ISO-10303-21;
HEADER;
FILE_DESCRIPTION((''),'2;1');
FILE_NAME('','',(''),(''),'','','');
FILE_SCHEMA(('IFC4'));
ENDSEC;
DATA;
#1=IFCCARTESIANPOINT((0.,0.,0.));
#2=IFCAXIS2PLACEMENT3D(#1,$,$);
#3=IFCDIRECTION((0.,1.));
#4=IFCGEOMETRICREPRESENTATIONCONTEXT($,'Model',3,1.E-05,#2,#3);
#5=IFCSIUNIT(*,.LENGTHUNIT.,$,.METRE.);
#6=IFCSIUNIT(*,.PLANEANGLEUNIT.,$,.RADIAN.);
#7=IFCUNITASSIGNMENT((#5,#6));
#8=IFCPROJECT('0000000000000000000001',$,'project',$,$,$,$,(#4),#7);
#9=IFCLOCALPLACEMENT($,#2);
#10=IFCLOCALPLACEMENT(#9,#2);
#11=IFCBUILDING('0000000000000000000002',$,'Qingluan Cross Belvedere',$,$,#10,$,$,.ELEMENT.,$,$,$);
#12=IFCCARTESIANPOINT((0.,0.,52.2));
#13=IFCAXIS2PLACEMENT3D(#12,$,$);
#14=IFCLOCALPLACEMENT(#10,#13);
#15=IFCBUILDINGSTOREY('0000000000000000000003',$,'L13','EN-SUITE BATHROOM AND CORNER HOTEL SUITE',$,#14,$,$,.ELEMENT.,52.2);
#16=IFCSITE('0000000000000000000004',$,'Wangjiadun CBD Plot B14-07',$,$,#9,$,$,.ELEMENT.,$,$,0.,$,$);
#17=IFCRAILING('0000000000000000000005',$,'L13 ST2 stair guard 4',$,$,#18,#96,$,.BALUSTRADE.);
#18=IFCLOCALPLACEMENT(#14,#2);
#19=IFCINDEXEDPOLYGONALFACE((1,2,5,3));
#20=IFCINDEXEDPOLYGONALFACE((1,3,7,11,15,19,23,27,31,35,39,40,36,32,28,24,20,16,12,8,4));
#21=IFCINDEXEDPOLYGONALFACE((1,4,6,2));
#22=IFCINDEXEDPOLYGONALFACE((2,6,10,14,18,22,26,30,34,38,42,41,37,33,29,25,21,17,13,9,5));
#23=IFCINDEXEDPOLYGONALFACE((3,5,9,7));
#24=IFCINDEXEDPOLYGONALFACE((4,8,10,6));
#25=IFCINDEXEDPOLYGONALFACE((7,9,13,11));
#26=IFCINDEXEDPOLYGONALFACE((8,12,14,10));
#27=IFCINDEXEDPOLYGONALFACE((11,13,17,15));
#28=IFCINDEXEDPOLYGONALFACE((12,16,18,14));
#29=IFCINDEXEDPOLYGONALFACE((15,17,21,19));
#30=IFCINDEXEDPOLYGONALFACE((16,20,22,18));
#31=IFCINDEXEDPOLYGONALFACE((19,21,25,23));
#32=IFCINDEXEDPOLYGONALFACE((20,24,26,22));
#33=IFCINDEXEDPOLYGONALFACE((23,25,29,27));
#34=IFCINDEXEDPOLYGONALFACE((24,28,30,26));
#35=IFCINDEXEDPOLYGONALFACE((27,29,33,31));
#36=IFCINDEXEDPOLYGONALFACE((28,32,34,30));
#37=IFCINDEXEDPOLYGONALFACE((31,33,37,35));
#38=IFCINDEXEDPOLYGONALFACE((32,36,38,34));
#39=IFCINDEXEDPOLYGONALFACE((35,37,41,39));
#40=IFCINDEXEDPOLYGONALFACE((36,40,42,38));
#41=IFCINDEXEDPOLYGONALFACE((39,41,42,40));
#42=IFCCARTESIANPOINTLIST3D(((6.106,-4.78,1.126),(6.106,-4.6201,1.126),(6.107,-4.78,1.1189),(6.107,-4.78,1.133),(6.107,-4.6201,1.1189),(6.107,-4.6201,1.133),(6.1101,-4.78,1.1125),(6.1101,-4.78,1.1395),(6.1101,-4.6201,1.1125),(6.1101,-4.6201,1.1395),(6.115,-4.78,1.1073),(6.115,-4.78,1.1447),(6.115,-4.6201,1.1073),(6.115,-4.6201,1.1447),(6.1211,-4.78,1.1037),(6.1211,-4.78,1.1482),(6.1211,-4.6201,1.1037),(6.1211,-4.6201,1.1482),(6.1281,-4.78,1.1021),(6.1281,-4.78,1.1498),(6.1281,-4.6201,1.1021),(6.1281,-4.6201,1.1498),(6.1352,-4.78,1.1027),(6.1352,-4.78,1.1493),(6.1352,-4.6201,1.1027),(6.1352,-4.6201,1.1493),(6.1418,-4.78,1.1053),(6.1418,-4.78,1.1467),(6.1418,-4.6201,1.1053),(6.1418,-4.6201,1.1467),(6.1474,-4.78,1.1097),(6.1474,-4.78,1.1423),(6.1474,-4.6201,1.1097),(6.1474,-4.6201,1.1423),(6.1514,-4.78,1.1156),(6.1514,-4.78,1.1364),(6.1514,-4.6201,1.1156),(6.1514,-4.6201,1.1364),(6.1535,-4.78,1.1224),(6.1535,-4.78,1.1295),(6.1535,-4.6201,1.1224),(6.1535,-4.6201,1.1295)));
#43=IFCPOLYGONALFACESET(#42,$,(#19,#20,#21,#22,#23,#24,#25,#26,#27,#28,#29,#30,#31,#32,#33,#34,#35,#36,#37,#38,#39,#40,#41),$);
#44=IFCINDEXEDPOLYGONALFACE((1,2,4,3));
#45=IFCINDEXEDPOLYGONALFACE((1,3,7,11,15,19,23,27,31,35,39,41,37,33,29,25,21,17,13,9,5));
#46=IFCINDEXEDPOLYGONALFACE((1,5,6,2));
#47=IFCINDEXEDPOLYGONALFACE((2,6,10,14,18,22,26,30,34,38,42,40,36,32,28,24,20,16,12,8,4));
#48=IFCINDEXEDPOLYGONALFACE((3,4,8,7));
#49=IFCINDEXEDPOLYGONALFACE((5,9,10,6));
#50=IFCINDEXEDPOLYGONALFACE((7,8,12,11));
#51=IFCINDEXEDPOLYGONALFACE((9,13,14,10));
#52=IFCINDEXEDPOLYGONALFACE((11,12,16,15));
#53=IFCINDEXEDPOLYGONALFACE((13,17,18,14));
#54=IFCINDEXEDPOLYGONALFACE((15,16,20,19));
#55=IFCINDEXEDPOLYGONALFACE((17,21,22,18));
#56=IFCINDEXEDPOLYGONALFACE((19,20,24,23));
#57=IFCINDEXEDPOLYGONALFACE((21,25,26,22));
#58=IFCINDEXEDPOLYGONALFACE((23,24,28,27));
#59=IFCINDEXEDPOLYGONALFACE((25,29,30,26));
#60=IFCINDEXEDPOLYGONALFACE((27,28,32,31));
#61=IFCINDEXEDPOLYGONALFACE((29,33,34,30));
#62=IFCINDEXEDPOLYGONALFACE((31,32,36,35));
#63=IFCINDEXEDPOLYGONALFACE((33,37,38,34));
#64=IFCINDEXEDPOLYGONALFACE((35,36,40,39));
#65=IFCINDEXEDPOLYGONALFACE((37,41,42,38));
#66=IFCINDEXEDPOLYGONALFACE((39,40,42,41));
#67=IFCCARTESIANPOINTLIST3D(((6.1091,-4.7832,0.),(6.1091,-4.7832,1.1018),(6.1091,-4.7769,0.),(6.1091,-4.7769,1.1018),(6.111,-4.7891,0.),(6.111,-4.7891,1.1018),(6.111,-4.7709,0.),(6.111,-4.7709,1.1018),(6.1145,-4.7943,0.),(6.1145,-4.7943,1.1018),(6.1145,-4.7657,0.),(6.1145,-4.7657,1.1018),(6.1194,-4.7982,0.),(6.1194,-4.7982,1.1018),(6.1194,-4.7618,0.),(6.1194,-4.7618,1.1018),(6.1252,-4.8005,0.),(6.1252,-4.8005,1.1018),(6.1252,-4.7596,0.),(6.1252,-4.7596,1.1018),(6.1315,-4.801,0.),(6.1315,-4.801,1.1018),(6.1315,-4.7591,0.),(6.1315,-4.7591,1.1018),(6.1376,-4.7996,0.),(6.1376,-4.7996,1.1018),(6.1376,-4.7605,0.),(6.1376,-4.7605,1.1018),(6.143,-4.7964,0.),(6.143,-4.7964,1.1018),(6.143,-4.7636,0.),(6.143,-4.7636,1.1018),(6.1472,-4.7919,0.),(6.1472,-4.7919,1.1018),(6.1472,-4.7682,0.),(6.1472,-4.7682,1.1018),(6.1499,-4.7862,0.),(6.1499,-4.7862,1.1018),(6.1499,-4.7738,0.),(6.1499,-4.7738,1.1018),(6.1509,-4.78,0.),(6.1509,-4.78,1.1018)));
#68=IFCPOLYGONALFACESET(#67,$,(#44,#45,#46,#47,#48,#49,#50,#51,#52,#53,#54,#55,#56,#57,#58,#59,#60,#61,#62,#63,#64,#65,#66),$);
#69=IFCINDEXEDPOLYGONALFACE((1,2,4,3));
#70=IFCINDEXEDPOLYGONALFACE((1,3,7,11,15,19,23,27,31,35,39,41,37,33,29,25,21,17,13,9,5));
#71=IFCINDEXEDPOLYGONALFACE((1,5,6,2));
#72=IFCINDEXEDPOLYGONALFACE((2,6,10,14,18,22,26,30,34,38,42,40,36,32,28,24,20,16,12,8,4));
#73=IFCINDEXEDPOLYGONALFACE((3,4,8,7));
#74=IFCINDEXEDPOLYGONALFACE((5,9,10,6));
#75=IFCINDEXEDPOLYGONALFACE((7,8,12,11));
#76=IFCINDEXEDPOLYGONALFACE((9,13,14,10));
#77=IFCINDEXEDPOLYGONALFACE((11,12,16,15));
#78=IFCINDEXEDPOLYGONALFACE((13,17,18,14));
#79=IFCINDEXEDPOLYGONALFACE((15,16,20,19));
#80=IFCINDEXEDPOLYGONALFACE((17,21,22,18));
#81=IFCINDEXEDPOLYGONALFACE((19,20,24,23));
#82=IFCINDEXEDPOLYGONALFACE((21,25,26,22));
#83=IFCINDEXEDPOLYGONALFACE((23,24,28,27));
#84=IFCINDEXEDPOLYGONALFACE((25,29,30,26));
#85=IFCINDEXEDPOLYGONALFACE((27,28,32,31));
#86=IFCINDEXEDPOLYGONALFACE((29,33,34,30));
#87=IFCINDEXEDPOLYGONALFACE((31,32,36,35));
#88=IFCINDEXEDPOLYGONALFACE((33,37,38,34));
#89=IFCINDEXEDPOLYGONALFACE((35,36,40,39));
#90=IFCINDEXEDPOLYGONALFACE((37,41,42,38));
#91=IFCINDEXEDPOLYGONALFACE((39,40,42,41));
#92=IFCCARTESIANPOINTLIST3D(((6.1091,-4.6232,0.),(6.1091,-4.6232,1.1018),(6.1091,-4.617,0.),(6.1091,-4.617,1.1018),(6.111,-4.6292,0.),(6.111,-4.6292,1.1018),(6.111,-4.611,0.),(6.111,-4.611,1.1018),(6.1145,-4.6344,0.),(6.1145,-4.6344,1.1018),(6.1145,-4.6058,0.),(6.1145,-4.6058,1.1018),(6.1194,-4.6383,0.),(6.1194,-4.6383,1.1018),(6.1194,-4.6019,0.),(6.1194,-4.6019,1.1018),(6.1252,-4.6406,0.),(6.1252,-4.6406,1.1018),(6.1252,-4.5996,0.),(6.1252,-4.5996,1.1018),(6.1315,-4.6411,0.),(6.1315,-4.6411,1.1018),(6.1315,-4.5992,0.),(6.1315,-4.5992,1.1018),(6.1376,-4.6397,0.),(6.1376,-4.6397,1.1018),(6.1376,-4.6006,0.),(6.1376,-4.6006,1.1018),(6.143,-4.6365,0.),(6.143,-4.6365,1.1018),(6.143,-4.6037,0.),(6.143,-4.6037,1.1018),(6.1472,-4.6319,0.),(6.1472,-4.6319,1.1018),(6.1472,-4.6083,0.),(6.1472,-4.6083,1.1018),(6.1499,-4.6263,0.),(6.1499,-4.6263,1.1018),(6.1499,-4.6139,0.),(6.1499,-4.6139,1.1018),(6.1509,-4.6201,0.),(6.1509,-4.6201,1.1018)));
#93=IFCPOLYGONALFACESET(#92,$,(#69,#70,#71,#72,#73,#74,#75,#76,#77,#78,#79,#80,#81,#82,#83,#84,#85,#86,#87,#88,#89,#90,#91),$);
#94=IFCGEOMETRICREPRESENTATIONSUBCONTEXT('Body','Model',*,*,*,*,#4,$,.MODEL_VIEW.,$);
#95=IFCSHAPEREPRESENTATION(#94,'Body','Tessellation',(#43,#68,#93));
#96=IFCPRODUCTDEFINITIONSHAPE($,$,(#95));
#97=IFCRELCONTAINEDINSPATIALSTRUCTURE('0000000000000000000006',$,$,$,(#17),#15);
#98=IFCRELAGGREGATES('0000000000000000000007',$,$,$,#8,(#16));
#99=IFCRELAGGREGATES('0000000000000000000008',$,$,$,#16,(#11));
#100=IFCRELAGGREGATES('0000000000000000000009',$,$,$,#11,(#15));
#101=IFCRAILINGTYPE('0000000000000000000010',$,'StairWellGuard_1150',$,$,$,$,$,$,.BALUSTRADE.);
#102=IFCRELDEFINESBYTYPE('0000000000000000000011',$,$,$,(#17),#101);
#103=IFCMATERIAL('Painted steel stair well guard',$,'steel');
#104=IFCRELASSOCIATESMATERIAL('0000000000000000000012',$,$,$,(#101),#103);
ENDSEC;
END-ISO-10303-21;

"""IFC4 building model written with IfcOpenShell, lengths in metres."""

from ifc_helpers import new_model, si_unit, direction, frame, origin, origin_2d, place, context, subcontext, project, spatial, circle, extrude, material, type_object, element, save


model = new_model("IFC4")

# Units and contexts
model_context = context("Model", 3, precision=1e-05, world=origin(), true_north=direction((0.0, 1.0)))
body_context = subcontext(model_context, "Body", "Model", "MODEL_VIEW")
ifc_project = project(units=[si_unit("LENGTHUNIT", "METRE"), si_unit("PLANEANGLEUNIT", "RADIAN")], contexts=[model_context])

# Site, building, storey
site_placement = place(None, origin())
site = spatial("IfcSite", under=ifc_project, at=site_placement, Name="Wangjiadun CBD Plot B14-07", CompositionType="ELEMENT", RefElevation=0.0)
building_placement = place(site_placement, origin())
building = spatial("IfcBuilding", under=site, at=building_placement, Name="Qingluan Cross Belvedere", CompositionType="ELEMENT")
storey_placement = place(building_placement, frame((0.0, 0.0, 52.2)))
storey = spatial("IfcBuildingStorey", under=building, at=storey_placement, Name="L13", Description="EN-SUITE BATHROOM AND CORNER HOTEL SUITE", CompositionType="ELEMENT", Elevation=52.2)

# Railing
ifc_material_1 = material(Name="Painted steel stair well guard", Category="steel")
railing_type_1 = type_object("IfcRailingType", Name="StairWellGuard_1150", PredefinedType="BALUSTRADE", material=ifc_material_1)
railing_1_placement = place(storey_placement, frame((6.1299, -4.78, 0.0)))
element("IfcRailing", 1, at=railing_1_placement, inside=storey, type_object=railing_type_1, Name="L13 ST2 stair guard 4", PredefinedType="BALUSTRADE", context=body_context, shape_type="SweptSolid", body=[
    extrude(circle(Radius=0.0239, at=origin_2d()), frame((0.0, 0.0, 1.126), z_axis=(0.0, 1.0, 0.0), x_axis=(-1.0, 0.0, 0.0)), (0.0, 0.0, 1.0), 0.1599),
    extrude(circle(Radius=0.021, at=origin_2d()), origin(), (0.0, 0.0, 1.0), 1.1018),
    extrude(circle(Radius=0.021, at=origin_2d()), frame((0.0, 0.1599, 0.0)), (0.0, 0.0, 1.0), 1.1018),
])

save(model, "model.ifc")
